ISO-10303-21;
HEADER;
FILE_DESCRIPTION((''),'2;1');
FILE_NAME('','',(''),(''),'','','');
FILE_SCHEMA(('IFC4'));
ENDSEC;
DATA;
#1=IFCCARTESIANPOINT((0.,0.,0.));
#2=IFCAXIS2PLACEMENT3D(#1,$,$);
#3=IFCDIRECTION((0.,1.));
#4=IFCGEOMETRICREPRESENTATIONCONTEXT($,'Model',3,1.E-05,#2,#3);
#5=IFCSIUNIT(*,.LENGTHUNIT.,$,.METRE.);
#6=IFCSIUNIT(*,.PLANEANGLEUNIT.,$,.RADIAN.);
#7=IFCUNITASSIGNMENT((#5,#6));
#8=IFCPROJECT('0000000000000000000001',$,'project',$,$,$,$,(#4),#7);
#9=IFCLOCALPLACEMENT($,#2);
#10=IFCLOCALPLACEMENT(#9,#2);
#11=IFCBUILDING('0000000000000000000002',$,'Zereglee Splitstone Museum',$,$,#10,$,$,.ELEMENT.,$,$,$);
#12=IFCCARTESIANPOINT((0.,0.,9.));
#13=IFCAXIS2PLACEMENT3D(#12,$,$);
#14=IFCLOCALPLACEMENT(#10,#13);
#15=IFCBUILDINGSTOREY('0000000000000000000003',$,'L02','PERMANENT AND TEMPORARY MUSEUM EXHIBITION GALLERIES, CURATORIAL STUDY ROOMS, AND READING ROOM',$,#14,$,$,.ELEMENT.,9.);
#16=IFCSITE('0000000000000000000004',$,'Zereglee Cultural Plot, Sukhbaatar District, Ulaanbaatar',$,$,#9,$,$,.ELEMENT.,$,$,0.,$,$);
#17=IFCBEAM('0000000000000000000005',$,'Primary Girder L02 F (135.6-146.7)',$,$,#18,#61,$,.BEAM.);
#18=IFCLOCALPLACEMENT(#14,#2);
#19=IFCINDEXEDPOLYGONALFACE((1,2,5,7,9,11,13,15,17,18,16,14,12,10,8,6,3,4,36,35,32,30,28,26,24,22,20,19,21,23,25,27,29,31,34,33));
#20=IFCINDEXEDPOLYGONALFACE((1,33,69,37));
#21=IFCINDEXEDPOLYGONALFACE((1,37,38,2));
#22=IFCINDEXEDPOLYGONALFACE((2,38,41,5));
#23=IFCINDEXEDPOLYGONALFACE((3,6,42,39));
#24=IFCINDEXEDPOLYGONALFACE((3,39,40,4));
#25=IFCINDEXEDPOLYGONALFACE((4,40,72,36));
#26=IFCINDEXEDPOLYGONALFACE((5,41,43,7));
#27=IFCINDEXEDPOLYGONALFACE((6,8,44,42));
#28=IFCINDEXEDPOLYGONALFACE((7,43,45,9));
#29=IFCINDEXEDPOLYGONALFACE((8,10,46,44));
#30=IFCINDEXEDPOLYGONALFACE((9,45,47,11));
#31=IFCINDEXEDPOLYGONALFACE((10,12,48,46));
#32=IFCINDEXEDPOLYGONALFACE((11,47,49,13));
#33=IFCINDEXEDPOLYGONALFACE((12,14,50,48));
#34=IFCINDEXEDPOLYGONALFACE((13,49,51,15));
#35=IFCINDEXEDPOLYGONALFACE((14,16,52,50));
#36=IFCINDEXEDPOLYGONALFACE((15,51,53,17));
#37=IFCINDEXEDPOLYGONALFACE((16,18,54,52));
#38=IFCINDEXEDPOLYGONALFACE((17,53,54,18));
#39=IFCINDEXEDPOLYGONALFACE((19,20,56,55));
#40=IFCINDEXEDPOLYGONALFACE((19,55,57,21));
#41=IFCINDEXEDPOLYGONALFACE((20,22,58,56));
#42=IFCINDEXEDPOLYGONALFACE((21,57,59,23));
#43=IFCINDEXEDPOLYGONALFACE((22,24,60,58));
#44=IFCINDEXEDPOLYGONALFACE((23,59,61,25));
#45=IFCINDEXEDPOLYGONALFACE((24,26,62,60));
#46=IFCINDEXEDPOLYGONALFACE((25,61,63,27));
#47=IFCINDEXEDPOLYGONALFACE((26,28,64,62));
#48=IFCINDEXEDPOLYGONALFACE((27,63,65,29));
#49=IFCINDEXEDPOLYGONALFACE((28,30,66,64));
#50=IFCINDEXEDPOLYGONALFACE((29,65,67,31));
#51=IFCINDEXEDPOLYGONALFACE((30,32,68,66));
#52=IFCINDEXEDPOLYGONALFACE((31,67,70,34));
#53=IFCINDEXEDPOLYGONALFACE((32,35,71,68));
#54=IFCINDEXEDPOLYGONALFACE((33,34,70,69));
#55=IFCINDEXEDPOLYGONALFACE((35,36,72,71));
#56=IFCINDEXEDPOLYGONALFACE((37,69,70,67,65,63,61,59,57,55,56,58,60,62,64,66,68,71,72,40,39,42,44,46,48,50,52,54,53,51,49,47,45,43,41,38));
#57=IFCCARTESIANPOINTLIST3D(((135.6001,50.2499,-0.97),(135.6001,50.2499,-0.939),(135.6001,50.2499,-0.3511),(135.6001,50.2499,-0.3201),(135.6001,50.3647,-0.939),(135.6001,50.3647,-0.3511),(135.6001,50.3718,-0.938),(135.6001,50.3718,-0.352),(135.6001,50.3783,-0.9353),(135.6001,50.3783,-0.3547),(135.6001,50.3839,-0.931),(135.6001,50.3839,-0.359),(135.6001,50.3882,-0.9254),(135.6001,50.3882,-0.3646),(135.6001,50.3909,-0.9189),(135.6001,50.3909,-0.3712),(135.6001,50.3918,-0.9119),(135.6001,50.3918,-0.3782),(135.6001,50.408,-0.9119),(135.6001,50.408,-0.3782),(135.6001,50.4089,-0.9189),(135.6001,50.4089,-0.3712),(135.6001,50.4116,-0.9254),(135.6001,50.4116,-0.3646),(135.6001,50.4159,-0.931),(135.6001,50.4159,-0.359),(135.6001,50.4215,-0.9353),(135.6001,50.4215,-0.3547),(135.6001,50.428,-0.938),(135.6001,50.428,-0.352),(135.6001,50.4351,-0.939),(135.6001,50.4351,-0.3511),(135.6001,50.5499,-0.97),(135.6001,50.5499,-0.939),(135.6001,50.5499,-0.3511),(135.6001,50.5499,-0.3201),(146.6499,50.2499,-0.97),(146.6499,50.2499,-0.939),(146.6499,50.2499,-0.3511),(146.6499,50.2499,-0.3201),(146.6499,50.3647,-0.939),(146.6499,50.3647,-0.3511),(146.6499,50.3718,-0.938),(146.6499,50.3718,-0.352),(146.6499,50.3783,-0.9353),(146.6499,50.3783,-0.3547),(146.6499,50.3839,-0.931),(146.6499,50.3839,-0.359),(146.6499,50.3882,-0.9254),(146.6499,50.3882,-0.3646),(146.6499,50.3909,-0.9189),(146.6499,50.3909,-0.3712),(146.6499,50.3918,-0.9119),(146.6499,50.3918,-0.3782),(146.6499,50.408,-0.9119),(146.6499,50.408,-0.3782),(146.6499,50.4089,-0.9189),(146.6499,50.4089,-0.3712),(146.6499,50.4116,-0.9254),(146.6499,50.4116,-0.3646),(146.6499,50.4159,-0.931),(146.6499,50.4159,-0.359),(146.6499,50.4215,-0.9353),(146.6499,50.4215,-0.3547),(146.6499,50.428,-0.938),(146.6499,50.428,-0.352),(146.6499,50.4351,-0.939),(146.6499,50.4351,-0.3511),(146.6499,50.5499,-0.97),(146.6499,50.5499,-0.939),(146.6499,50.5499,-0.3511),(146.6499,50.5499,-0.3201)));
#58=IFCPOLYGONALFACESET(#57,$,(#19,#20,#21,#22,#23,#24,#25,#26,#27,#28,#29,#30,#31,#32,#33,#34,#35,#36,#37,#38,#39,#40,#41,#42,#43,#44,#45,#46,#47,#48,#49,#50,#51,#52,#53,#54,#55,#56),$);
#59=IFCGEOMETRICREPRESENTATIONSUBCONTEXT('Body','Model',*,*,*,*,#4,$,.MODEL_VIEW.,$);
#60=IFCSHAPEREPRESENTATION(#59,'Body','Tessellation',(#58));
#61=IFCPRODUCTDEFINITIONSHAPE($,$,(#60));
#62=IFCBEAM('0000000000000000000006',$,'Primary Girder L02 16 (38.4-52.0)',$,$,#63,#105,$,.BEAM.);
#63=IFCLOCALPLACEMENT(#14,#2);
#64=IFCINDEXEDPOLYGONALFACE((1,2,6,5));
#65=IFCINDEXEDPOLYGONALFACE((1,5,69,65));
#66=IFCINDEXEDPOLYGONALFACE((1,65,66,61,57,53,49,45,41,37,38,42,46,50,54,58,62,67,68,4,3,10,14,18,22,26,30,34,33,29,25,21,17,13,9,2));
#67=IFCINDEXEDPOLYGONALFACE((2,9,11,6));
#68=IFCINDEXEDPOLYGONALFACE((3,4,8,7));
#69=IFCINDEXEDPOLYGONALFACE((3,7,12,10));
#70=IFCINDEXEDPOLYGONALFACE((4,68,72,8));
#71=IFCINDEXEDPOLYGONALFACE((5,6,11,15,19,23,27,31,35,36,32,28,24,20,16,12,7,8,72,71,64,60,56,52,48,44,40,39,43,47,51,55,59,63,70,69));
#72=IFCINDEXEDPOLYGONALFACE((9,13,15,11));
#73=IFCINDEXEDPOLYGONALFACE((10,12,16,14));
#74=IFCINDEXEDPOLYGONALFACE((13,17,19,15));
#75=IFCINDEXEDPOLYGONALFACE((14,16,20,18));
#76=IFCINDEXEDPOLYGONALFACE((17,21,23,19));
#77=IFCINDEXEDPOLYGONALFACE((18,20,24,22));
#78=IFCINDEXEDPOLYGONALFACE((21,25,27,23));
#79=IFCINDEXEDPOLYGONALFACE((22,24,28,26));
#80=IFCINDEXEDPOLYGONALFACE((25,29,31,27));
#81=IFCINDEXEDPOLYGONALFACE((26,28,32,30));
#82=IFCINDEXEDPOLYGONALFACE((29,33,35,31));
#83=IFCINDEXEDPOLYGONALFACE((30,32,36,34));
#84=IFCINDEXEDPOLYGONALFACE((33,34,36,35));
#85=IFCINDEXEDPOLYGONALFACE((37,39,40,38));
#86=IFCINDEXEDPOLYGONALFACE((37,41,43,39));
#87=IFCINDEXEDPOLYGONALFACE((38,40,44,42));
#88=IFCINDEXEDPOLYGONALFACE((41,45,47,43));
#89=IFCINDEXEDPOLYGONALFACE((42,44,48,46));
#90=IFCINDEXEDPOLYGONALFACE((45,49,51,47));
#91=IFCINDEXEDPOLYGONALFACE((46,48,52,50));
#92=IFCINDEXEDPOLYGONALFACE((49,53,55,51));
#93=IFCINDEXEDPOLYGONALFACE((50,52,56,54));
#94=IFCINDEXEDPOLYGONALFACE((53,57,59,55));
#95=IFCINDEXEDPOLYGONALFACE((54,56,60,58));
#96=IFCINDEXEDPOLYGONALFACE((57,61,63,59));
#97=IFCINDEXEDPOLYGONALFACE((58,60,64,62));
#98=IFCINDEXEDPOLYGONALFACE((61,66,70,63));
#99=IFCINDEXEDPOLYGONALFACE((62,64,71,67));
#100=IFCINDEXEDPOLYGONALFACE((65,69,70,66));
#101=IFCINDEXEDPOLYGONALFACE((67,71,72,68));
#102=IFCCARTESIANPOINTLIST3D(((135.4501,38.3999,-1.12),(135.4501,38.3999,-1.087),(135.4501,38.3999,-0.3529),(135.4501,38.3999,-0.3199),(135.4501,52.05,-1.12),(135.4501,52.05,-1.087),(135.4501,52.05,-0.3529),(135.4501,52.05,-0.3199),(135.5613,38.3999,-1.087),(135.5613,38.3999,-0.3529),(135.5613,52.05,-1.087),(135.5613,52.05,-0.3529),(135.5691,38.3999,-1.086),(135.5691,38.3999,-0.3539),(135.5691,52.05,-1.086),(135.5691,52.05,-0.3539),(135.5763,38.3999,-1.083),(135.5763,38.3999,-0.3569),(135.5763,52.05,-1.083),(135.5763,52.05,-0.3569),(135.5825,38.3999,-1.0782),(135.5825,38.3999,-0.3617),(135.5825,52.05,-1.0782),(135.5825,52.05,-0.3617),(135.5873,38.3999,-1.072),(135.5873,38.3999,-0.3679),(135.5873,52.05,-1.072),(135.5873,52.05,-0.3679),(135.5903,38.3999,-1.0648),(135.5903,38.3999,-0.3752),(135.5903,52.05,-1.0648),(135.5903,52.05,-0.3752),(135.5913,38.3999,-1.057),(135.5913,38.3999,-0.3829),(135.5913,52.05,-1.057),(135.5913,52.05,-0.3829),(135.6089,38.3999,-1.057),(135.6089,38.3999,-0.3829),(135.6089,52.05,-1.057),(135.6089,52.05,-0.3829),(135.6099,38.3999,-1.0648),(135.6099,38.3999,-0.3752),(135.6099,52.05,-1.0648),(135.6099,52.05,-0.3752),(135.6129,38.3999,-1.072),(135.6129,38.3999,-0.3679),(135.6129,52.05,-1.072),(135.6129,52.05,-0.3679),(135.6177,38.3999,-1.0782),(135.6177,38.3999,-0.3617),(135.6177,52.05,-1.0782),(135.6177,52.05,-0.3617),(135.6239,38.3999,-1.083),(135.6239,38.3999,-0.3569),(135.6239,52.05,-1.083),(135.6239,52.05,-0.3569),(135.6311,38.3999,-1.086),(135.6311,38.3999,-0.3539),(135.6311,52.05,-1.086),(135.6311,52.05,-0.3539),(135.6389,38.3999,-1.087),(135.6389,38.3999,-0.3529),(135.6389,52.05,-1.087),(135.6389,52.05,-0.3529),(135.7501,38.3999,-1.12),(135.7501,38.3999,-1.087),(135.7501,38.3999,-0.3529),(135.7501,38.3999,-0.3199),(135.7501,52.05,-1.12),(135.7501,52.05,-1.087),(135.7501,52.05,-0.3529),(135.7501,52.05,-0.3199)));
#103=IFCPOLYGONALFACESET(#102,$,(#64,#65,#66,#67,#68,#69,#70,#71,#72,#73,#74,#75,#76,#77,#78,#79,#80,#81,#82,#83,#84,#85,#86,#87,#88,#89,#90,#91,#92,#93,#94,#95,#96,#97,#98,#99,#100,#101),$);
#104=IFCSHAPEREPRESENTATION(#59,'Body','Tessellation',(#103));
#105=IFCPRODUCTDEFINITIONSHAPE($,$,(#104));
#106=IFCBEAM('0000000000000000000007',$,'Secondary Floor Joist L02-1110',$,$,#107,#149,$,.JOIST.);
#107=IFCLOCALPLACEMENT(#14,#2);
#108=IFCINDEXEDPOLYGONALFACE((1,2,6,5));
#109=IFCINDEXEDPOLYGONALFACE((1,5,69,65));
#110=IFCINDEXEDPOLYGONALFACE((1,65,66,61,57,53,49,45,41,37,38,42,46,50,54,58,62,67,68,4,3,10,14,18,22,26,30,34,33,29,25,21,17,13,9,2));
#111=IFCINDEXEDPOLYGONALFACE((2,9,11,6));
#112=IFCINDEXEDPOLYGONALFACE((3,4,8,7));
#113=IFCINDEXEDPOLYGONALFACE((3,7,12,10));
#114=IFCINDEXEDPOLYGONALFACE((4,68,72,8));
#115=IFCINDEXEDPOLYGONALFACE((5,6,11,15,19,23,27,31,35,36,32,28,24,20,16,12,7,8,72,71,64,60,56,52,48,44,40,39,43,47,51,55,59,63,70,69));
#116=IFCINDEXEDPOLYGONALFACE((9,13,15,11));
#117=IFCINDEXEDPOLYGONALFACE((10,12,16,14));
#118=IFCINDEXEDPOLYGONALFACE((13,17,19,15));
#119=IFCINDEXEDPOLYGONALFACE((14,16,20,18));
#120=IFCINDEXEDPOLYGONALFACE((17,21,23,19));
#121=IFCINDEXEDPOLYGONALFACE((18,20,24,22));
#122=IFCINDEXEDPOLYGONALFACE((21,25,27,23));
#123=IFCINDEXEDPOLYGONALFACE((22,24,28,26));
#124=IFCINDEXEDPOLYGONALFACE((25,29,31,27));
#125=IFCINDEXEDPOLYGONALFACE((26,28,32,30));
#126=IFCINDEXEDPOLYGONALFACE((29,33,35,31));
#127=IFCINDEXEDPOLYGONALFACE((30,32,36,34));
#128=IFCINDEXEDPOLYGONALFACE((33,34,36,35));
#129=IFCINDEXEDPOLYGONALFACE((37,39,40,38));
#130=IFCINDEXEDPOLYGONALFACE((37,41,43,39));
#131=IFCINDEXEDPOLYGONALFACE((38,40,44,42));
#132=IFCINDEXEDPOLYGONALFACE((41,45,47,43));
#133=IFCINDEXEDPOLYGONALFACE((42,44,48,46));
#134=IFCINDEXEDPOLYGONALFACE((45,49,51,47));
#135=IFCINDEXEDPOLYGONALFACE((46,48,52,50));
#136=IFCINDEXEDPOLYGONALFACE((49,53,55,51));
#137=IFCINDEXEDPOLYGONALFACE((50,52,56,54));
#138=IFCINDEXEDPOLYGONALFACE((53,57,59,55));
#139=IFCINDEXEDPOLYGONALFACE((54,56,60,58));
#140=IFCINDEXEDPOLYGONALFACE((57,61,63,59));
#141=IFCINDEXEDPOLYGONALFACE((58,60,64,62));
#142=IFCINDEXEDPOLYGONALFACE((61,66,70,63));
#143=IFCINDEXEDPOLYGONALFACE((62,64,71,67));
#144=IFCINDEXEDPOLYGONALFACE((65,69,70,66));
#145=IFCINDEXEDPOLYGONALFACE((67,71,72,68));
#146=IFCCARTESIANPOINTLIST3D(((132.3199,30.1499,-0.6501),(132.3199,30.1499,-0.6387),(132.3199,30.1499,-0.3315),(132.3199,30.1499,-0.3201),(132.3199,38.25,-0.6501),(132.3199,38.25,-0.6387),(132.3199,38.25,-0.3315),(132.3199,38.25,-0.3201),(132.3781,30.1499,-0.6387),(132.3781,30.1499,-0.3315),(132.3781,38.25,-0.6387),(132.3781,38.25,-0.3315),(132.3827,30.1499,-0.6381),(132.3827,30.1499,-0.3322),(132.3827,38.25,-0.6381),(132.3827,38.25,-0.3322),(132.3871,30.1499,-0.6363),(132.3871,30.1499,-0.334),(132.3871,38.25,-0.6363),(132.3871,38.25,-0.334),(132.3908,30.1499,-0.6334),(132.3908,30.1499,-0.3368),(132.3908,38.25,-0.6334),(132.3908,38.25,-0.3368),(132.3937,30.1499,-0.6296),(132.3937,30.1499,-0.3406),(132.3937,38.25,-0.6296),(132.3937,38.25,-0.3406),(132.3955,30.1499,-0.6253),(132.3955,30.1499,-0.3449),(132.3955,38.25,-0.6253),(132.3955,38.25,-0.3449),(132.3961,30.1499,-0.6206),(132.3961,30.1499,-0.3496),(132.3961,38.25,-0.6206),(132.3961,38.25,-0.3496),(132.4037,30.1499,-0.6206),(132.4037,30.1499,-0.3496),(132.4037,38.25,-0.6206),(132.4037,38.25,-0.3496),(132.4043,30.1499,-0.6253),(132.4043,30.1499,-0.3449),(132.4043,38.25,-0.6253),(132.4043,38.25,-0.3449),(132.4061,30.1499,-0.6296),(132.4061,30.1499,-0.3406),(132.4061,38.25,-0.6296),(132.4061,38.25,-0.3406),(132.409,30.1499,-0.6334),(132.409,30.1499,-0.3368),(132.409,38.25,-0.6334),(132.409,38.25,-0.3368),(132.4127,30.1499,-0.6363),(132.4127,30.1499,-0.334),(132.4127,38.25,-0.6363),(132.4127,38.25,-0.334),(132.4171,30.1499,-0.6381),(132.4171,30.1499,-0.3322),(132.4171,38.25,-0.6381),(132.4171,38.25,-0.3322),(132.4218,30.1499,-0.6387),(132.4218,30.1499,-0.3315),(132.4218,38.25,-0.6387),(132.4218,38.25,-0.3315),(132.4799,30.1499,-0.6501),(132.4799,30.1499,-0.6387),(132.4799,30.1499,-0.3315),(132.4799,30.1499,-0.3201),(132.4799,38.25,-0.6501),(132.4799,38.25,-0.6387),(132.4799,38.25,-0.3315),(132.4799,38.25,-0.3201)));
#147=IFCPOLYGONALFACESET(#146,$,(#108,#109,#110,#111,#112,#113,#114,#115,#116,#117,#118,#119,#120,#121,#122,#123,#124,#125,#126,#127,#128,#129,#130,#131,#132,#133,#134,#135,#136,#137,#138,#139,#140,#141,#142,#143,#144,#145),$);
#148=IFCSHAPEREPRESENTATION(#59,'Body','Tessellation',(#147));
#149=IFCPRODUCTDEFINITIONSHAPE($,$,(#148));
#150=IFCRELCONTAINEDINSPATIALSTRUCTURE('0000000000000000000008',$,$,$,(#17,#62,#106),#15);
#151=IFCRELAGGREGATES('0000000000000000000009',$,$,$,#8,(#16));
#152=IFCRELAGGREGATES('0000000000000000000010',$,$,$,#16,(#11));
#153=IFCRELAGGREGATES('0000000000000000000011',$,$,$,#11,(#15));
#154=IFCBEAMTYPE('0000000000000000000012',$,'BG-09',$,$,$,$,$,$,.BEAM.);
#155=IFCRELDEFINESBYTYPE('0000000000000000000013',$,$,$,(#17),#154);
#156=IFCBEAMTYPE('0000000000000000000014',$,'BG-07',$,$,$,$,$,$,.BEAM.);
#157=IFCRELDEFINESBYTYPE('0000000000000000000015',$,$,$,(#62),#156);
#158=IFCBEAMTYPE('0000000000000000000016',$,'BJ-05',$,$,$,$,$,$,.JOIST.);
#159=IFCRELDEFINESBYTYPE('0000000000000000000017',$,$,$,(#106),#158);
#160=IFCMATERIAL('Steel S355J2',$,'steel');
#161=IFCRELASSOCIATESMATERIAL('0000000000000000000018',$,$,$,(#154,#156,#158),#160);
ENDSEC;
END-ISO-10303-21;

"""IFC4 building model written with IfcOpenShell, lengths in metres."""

from ifc_helpers import new_model, si_unit, direction, frame, origin, origin_2d, place, context, subcontext, project, spatial, i_section, extrude, material, material_profile, profile_set, type_object, element, save


model = new_model("IFC4")

# Units and contexts
model_context = context("Model", 3, precision=1e-05, world=origin(), true_north=direction((0.0, 1.0)))
body_context = subcontext(model_context, "Body", "Model", "MODEL_VIEW")
ifc_project = project(units=[si_unit("LENGTHUNIT", "METRE"), si_unit("PLANEANGLEUNIT", "RADIAN")], contexts=[model_context])

# Site, building, storey
site_placement = place(None, origin())
site = spatial("IfcSite", under=ifc_project, at=site_placement, Name="Zereglee Cultural Plot, Sukhbaatar District, Ulaanbaatar", CompositionType="ELEMENT", RefElevation=0.0)
building_placement = place(site_placement, origin())
building = spatial("IfcBuilding", under=site, at=building_placement, Name="Zereglee Splitstone Museum", CompositionType="ELEMENT")
storey_placement = place(building_placement, frame((0.0, 0.0, 9.0)))
storey = spatial("IfcBuildingStorey", under=building, at=storey_placement, Name="L02", Description="PERMANENT AND TEMPORARY MUSEUM EXHIBITION GALLERIES, CURATORIAL STUDY ROOMS, AND READING ROOM", CompositionType="ELEMENT", Elevation=9.0)

# Shared definitions
ifc_material_1 = material(Name="Steel S355J2", Category="steel")

# Beams
ifc_material_profile_1 = material_profile(ifc_material_1, i_section(OverallWidth=0.3, OverallDepth=0.6499, WebThickness=0.0161, FlangeThickness=0.031, FilletRadius=0.0271, at=origin_2d()), Name="HE 650 B")
ifc_profile_set_1 = profile_set([ifc_material_profile_1], Name="Steel S355J2")
beam_type_1 = type_object("IfcBeamType", Name="BG-09", PredefinedType="BEAM", material=ifc_profile_set_1)
for number, where, z_axis, x_axis, name in (
    (1, (135.6001, 50.3999, -0.645), (1.0, 0.0, 0.0), (0.0, 1.0, 0.0), "Primary Girder L02 F (135.6-146.7)"),
):
    element("IfcBeam", number, at=place(storey_placement, frame(where, z_axis=z_axis, x_axis=x_axis)), inside=storey, type_object=beam_type_1, Name=name, PredefinedType="BEAM", context=body_context, shape_type="SweptSolid", body=[
        extrude(i_section(OverallWidth=0.3, OverallDepth=0.6499, WebThickness=0.0161, FlangeThickness=0.031, FilletRadius=0.0271, at=origin_2d()), origin(), (0.0, 0.0, 1.0), 11.0498),
    ])
ifc_material_profile_2 = material_profile(ifc_material_1, i_section(OverallWidth=0.3, OverallDepth=0.8, WebThickness=0.0176, FlangeThickness=0.033, FilletRadius=0.03, at=origin_2d()), Name="HE 800 B")
ifc_profile_set_2 = profile_set([ifc_material_profile_2], Name="Steel S355J2")
beam_type_2 = type_object("IfcBeamType", Name="BG-07", PredefinedType="BEAM", material=ifc_profile_set_2)
beam_1_placement = place(storey_placement, frame((135.6001, 38.3999, -0.72), z_axis=(0.0, 1.0, 0.0), x_axis=(-1.0, 0.0, 0.0)))
element("IfcBeam", 2, at=beam_1_placement, inside=storey, type_object=beam_type_2, Name="Primary Girder L02 16 (38.4-52.0)", PredefinedType="BEAM", context=body_context, shape_type="SweptSolid", body=[
    extrude(i_section(OverallWidth=0.3, OverallDepth=0.8, WebThickness=0.0176, FlangeThickness=0.033, FilletRadius=0.03, at=origin_2d()), origin(), (0.0, 0.0, 1.0), 13.6501),
])
ifc_material_profile_3 = material_profile(ifc_material_1, i_section(OverallWidth=0.1599, OverallDepth=0.3301, WebThickness=0.0076, FlangeThickness=0.0115, FilletRadius=0.0181, at=origin_2d()), Name="IPE 330")
ifc_profile_set_3 = profile_set([ifc_material_profile_3], Name="Steel S355J2")
beam_type_3 = type_object("IfcBeamType", Name="BJ-05", PredefinedType="JOIST", material=ifc_profile_set_3)
beam_2_placement = place(storey_placement, frame((132.3999, 30.1499, -0.4851), z_axis=(0.0, 1.0, 0.0), x_axis=(-1.0, 0.0, 0.0)))
element("IfcBeam", 3, at=beam_2_placement, inside=storey, type_object=beam_type_3, Name="Secondary Floor Joist L02-1110", PredefinedType="JOIST", context=body_context, shape_type="SweptSolid", body=[
    extrude(i_section(OverallWidth=0.1599, OverallDepth=0.3301, WebThickness=0.0076, FlangeThickness=0.0115, FilletRadius=0.0181, at=origin_2d()), origin(), (0.0, 0.0, 1.0), 8.1001),
])

save(model, "model.ifc")
